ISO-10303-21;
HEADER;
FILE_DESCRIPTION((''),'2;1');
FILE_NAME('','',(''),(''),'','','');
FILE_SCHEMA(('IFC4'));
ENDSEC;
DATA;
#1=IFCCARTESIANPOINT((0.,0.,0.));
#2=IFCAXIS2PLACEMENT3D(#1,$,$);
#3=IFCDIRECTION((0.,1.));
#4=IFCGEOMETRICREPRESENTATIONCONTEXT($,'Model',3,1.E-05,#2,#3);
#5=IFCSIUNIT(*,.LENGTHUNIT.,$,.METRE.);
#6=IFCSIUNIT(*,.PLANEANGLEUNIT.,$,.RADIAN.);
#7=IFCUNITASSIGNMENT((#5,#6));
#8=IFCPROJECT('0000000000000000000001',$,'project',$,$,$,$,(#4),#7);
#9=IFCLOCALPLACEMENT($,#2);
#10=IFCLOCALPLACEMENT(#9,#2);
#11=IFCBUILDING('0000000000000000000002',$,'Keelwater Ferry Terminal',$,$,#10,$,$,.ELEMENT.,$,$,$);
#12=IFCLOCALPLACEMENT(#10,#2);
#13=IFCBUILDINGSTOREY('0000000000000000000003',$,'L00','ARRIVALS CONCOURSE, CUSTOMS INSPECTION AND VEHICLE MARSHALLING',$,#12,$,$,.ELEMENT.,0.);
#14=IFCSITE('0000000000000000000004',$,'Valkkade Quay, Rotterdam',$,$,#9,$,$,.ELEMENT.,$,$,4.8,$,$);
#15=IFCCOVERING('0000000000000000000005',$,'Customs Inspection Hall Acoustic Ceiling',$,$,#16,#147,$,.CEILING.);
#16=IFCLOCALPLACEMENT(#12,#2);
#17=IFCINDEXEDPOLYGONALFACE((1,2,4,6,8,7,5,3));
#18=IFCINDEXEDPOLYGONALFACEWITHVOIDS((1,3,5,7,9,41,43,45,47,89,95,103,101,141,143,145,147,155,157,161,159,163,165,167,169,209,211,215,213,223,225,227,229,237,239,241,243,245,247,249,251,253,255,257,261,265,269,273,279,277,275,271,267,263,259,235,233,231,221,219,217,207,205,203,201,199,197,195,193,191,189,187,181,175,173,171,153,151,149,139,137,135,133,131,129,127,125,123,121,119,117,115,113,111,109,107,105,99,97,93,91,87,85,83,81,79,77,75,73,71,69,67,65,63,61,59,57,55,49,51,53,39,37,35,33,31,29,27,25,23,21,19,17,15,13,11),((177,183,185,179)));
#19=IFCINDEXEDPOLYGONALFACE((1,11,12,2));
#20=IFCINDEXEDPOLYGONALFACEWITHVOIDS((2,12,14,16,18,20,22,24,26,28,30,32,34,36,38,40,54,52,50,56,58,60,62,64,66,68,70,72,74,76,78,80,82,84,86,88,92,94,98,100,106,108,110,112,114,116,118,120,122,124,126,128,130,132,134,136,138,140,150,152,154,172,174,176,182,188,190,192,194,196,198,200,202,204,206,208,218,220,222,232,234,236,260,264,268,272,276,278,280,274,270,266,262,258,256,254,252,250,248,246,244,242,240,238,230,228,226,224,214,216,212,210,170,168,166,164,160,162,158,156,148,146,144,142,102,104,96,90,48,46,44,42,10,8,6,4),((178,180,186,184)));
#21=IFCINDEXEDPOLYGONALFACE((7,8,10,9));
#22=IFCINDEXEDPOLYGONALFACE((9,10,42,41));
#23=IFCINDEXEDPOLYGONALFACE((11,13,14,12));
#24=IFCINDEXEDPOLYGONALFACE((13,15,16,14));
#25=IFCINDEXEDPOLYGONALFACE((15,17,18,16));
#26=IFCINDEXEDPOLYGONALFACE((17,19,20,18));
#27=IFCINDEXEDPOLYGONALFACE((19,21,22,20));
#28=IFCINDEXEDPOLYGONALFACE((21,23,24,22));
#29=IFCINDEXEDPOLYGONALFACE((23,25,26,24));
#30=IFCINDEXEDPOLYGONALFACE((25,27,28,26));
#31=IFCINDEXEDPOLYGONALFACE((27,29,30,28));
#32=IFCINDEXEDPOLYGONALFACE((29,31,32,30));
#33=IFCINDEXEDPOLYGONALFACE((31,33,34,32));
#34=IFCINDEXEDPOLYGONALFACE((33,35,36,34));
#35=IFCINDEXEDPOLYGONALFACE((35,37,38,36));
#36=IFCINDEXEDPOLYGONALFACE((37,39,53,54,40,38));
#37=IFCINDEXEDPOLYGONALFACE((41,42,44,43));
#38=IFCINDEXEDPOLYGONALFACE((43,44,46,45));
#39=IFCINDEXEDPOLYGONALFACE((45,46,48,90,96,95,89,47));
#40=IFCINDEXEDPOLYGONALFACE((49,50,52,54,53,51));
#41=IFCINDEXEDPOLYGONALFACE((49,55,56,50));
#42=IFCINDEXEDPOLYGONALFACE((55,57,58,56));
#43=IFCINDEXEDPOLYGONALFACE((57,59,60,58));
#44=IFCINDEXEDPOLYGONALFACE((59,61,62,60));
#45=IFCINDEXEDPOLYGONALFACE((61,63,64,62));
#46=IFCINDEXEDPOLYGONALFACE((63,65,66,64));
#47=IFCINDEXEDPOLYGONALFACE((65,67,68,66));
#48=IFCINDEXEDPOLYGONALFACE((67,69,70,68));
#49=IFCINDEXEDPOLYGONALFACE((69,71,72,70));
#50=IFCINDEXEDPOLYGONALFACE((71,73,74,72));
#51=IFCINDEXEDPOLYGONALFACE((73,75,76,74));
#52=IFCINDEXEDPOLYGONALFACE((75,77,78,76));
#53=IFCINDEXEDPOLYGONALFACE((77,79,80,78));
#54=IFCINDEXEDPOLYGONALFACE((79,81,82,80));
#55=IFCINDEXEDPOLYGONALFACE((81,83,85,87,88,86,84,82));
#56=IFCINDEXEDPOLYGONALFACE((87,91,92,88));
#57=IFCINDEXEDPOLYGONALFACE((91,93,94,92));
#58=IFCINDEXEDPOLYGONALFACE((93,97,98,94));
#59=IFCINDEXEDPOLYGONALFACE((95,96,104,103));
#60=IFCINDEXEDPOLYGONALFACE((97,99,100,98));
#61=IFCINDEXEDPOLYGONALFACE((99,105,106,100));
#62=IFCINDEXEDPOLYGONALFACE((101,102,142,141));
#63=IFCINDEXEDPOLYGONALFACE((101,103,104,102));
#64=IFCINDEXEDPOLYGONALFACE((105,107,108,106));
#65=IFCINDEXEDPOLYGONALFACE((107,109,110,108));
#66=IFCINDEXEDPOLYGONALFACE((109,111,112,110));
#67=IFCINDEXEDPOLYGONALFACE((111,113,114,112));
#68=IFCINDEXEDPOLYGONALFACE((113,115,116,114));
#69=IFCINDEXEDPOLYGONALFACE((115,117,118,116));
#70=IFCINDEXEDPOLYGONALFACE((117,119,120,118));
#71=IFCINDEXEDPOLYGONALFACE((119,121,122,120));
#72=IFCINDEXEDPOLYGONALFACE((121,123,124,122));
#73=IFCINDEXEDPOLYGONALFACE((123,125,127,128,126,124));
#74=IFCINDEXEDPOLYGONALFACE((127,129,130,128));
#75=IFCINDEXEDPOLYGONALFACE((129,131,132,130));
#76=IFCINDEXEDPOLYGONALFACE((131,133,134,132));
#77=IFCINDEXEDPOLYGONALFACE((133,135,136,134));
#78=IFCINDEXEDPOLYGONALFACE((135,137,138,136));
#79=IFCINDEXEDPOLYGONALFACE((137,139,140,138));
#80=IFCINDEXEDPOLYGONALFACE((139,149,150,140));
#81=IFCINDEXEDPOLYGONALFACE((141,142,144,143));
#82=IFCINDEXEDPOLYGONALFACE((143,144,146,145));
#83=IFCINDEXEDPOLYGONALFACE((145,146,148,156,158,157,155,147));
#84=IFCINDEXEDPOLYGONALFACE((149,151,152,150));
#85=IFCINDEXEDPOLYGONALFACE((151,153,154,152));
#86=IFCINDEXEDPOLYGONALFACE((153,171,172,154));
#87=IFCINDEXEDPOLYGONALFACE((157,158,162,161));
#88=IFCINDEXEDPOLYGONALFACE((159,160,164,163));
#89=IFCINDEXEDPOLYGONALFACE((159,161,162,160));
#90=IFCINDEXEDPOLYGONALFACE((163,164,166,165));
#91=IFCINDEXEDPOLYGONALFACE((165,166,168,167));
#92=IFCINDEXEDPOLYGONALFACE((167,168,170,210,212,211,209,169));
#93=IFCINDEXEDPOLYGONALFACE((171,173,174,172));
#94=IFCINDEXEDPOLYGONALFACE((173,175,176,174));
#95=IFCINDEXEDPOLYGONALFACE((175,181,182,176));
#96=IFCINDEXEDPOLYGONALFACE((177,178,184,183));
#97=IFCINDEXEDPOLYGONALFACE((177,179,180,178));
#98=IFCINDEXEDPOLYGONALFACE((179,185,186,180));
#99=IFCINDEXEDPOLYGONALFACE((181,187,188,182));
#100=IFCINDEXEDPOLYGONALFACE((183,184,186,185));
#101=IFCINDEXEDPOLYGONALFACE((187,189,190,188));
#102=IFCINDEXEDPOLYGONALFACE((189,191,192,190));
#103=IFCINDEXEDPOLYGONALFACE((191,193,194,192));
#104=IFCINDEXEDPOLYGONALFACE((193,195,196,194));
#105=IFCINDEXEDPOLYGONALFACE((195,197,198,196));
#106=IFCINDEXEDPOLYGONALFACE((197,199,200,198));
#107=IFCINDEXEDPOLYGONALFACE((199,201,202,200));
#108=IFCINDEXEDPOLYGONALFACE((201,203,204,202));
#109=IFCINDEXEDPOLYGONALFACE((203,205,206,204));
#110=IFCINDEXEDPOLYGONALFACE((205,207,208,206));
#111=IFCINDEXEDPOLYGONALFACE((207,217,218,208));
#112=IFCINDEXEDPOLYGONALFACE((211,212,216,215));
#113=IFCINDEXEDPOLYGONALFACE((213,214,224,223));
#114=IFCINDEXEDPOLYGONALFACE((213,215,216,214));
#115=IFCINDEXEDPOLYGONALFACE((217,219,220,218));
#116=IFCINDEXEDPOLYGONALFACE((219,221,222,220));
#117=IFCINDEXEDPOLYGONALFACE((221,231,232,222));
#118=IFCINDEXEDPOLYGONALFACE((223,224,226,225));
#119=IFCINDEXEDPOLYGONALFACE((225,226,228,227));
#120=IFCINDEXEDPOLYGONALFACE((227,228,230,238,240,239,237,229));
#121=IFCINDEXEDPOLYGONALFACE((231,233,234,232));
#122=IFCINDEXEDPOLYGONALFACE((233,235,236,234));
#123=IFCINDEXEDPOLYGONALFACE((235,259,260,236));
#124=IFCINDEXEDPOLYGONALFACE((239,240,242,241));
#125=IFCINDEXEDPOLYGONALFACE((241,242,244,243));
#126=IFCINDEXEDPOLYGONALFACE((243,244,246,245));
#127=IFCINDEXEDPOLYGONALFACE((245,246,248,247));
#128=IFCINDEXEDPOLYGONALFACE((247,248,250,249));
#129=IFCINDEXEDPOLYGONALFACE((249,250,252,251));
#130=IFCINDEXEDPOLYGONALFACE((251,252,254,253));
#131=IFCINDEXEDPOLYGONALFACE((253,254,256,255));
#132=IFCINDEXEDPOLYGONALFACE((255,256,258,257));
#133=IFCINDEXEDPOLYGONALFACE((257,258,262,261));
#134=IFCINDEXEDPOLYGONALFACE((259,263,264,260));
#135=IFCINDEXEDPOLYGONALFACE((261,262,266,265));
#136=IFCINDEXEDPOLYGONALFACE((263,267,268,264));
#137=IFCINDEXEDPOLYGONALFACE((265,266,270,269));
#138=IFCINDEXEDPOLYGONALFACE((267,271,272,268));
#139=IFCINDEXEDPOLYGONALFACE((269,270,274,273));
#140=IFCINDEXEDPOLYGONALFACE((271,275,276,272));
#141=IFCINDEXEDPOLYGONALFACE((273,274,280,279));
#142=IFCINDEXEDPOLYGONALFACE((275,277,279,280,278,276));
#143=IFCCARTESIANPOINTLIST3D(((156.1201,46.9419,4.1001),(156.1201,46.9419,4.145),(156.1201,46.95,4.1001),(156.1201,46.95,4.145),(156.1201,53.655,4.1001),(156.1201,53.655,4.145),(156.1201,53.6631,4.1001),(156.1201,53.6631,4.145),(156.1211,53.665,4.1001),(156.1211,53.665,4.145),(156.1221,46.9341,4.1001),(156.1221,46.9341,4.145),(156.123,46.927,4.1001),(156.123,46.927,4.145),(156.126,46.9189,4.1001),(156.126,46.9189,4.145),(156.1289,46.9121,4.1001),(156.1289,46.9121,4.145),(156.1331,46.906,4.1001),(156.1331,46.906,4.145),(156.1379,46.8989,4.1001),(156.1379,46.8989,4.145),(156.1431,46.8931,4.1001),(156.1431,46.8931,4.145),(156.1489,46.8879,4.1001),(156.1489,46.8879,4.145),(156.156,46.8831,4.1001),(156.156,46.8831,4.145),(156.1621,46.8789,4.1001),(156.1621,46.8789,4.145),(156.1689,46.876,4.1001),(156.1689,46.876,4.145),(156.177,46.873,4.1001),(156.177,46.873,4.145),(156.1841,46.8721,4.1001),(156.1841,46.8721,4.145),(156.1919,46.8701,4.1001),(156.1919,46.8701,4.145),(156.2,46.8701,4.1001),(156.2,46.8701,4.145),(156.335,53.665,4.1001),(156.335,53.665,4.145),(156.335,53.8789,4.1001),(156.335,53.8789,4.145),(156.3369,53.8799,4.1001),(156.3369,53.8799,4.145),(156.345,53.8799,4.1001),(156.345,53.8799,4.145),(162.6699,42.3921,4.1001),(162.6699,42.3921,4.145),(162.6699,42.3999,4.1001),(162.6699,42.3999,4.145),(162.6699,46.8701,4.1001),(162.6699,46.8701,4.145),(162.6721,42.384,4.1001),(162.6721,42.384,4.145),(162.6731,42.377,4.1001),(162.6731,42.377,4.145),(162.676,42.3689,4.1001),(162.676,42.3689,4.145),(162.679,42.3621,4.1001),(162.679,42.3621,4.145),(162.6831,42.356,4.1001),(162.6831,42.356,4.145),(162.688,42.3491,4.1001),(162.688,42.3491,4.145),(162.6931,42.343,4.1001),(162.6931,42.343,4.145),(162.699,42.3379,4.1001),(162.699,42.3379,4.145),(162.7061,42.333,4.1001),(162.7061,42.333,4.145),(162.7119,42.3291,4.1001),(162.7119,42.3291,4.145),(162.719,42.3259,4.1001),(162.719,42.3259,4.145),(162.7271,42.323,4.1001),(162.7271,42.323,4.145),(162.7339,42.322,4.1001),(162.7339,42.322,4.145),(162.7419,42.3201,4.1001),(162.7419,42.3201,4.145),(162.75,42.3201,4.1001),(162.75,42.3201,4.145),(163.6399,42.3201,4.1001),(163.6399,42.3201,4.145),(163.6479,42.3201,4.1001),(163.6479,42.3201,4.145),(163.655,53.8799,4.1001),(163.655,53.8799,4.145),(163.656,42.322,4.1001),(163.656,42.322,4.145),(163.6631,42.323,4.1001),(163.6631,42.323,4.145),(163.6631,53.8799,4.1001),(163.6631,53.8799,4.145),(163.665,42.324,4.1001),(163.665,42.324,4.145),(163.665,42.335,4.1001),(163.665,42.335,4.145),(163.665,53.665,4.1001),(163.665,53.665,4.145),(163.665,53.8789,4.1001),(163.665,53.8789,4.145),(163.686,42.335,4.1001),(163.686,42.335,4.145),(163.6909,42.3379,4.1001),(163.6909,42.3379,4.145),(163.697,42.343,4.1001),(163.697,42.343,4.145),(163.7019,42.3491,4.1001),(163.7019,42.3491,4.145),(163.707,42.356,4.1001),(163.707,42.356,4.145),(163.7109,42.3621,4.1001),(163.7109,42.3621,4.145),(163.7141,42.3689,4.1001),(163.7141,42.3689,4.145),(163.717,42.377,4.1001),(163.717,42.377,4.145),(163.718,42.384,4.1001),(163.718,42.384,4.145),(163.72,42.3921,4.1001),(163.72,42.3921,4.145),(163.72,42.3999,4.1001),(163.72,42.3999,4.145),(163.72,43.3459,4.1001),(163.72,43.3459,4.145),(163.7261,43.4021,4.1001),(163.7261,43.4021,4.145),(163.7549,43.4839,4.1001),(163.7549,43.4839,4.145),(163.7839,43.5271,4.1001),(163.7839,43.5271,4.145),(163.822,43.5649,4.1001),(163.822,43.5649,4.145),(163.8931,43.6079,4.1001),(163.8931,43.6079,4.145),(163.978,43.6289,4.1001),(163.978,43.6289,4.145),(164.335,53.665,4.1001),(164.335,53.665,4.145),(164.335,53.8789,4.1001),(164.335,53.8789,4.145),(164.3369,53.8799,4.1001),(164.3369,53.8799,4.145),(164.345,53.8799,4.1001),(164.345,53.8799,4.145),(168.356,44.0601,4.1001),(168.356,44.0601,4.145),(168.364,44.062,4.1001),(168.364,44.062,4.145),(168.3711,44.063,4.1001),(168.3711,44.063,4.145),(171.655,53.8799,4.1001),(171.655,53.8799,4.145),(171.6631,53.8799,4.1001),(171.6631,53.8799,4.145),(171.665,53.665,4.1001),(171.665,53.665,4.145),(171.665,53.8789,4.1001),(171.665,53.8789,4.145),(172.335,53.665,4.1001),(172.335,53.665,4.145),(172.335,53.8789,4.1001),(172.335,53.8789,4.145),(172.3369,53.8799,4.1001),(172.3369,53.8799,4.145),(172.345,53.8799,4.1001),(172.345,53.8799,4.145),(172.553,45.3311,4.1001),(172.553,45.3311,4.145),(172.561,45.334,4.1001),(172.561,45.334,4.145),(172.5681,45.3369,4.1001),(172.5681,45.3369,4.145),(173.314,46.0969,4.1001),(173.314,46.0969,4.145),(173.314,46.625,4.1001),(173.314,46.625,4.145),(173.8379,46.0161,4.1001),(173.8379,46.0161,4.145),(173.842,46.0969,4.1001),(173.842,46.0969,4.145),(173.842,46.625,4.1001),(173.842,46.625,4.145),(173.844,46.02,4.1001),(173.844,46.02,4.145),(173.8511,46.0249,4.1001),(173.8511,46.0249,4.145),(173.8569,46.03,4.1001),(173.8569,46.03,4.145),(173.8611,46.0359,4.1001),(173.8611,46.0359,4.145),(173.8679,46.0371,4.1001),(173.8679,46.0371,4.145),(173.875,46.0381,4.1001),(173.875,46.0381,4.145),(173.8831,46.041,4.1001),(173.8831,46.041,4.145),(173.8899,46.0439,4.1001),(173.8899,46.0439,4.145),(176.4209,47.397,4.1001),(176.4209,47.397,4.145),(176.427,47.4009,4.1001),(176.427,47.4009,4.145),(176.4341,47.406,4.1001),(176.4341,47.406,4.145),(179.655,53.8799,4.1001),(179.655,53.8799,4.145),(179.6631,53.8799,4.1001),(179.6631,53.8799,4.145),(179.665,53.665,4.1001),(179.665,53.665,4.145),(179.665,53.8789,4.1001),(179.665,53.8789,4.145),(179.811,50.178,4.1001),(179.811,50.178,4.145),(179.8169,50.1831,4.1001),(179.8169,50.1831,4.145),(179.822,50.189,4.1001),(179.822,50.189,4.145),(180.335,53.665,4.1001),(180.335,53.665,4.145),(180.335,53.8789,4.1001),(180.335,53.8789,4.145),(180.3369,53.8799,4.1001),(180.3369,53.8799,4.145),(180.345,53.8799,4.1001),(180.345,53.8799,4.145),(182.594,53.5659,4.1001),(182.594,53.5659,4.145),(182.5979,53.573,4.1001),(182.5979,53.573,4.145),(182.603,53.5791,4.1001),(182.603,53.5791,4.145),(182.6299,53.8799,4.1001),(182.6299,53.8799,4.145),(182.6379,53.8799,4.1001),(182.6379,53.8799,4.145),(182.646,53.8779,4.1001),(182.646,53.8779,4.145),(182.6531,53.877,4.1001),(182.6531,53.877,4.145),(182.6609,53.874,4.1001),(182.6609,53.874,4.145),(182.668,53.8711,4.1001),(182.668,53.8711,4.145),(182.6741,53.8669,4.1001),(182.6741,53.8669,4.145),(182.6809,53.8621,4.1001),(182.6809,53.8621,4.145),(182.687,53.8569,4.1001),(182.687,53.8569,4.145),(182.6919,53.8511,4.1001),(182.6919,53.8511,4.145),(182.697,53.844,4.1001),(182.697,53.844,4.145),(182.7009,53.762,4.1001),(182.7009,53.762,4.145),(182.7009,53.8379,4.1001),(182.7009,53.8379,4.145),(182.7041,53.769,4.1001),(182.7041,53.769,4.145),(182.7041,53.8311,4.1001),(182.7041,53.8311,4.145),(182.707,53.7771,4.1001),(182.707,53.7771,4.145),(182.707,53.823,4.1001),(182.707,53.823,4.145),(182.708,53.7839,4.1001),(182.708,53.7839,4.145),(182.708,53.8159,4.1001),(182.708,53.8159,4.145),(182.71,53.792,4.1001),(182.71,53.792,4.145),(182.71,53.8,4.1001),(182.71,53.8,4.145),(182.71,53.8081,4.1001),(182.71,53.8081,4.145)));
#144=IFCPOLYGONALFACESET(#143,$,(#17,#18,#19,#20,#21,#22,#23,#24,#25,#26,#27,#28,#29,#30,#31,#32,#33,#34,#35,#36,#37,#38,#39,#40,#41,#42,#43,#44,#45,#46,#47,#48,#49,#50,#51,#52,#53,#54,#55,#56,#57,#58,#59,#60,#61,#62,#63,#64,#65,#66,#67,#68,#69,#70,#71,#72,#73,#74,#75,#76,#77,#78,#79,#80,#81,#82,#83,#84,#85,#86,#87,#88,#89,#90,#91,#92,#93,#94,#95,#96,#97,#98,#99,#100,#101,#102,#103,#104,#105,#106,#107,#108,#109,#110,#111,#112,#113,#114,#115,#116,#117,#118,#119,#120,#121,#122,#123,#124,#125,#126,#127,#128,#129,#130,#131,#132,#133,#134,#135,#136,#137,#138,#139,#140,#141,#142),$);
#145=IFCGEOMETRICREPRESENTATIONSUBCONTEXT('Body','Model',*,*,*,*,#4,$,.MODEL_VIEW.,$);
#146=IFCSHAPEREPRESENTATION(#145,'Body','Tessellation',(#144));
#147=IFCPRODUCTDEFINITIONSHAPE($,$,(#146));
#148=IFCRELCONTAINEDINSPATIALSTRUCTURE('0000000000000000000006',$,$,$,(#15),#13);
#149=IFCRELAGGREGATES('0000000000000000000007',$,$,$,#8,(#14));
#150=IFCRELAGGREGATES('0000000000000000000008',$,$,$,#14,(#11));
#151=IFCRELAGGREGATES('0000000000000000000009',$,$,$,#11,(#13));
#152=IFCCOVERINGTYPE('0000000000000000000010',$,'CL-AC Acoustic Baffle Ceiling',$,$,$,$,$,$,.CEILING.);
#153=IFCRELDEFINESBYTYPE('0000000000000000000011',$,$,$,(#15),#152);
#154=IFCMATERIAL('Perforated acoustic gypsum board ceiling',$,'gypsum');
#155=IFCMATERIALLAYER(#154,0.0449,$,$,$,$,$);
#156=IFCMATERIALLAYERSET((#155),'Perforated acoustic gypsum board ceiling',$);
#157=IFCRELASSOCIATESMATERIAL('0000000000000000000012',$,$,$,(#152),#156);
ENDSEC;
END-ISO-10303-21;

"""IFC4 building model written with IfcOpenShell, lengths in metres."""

from ifc_helpers import new_model, si_unit, direction, frame, origin, place, context, subcontext, project, spatial, polyline, outline, extrude, material, layer, layer_set, type_object, element, save


model = new_model("IFC4")

# Units and contexts
model_context = context("Model", 3, precision=1e-05, world=origin(), true_north=direction((0.0, 1.0)))
body_context = subcontext(model_context, "Body", "Model", "MODEL_VIEW")
ifc_project = project(units=[si_unit("LENGTHUNIT", "METRE"), si_unit("PLANEANGLEUNIT", "RADIAN")], contexts=[model_context])

# Site, building, storey
site_placement = place(None, origin())
site = spatial("IfcSite", under=ifc_project, at=site_placement, Name="Valkkade Quay, Rotterdam", CompositionType="ELEMENT", RefElevation=4.8)
building_placement = place(site_placement, origin())
building = spatial("IfcBuilding", under=site, at=building_placement, Name="Keelwater Ferry Terminal", CompositionType="ELEMENT")
storey_placement = place(building_placement, origin())
storey = spatial("IfcBuildingStorey", under=building, at=storey_placement, Name="L00", Description="ARRIVALS CONCOURSE, CUSTOMS INSPECTION AND VEHICLE MARSHALLING", CompositionType="ELEMENT", Elevation=0.0)

# Covering
ifc_material_1 = material(Name="Perforated acoustic gypsum board ceiling", Category="gypsum")
ifc_layer_1 = layer(ifc_material_1, 0.0449)
ifc_layer_set_1 = layer_set([ifc_layer_1], Name="Perforated acoustic gypsum board ceiling")
covering_type_1 = type_object("IfcCoveringType", Name="CL-AC Acoustic Baffle Ceiling", PredefinedType="CEILING", material=ifc_layer_set_1)
covering_1_placement = place(storey_placement, frame((0.0, 0.0, 4.1001)))
element("IfcCovering", 1, at=covering_1_placement, inside=storey, type_object=covering_type_1, Name="Customs Inspection Hall Acoustic Ceiling", PredefinedType="CEILING", context=body_context, shape_type="SweptSolid", body=[
    extrude(outline(polyline([(173.8511, 46.0249), (173.844, 46.02), (173.8379, 46.0161), (172.5681, 45.3369), (172.561, 45.334), (172.553, 45.3311), (168.3711, 44.063), (168.364, 44.062), (168.356, 44.0601), (163.978, 43.6289), (163.8931, 43.6079), (163.822, 43.5649), (163.7839, 43.5271), (163.7549, 43.4839), (163.7261, 43.4021), (163.72, 43.3459), (163.72, 42.3999), (163.72, 42.3921), (163.718, 42.384), (163.717, 42.377), (163.7141, 42.3689), (163.7109, 42.3621), (163.707, 42.356), (163.7019, 42.3491), (163.697, 42.343), (163.6909, 42.3379), (163.686, 42.335), (163.665, 42.335), (163.665, 42.324), (163.6631, 42.323), (163.656, 42.322), (163.6479, 42.3201), (163.6399, 42.3201), (162.75, 42.3201), (162.7419, 42.3201), (162.7339, 42.322), (162.7271, 42.323), (162.719, 42.3259), (162.7119, 42.3291), (162.7061, 42.333), (162.699, 42.3379), (162.6931, 42.343), (162.688, 42.3491), (162.6831, 42.356), (162.679, 42.3621), (162.676, 42.3689), (162.6731, 42.377), (162.6721, 42.384), (162.6699, 42.3921), (162.6699, 42.3999), (162.6699, 46.8701), (156.2, 46.8701), (156.1919, 46.8701), (156.1841, 46.8721), (156.177, 46.873), (156.1689, 46.876), (156.1621, 46.8789), (156.156, 46.8831), (156.1489, 46.8879), (156.1431, 46.8931), (156.1379, 46.8989), (156.1331, 46.906), (156.1289, 46.9121), (156.126, 46.9189), (156.123, 46.927), (156.1221, 46.9341), (156.1201, 46.9419), (156.1201, 46.95), (156.1201, 53.655), (156.1201, 53.6631), (156.1211, 53.665), (156.335, 53.665), (156.335, 53.8789), (156.3369, 53.8799), (156.345, 53.8799), (163.655, 53.8799), (163.6631, 53.8799), (163.665, 53.8789), (163.665, 53.665), (164.335, 53.665), (164.335, 53.8789), (164.3369, 53.8799), (164.345, 53.8799), (171.655, 53.8799), (171.6631, 53.8799), (171.665, 53.8789), (171.665, 53.665), (172.335, 53.665), (172.335, 53.8789), (172.3369, 53.8799), (172.345, 53.8799), (179.655, 53.8799), (179.6631, 53.8799), (179.665, 53.8789), (179.665, 53.665), (180.335, 53.665), (180.335, 53.8789), (180.3369, 53.8799), (180.345, 53.8799), (182.6299, 53.8799), (182.6379, 53.8799), (182.646, 53.8779), (182.6531, 53.877), (182.6609, 53.874), (182.668, 53.8711), (182.6741, 53.8669), (182.6809, 53.8621), (182.687, 53.8569), (182.6919, 53.8511), (182.697, 53.844), (182.7009, 53.8379), (182.7041, 53.8311), (182.707, 53.823), (182.708, 53.8159), (182.71, 53.8081), (182.71, 53.8), (182.71, 53.792), (182.708, 53.7839), (182.707, 53.7771), (182.7041, 53.769), (182.7009, 53.762), (182.603, 53.5791), (182.5979, 53.573), (182.594, 53.5659), (179.822, 50.189), (179.8169, 50.1831), (179.811, 50.178), (176.4341, 47.406), (176.427, 47.4009), (176.4209, 47.397), (173.8899, 46.0439), (173.8831, 46.041), (173.875, 46.0381), (173.8679, 46.0371), (173.8611, 46.0359), (173.8569, 46.03), (173.8511, 46.0249)]), holes=[polyline([(173.842, 46.625), (173.314, 46.625), (173.314, 46.0969), (173.842, 46.0969), (173.842, 46.625)])]), origin(), (0.0, 0.0, 1.0), 0.0449),
])

save(model, "model.ifc")
